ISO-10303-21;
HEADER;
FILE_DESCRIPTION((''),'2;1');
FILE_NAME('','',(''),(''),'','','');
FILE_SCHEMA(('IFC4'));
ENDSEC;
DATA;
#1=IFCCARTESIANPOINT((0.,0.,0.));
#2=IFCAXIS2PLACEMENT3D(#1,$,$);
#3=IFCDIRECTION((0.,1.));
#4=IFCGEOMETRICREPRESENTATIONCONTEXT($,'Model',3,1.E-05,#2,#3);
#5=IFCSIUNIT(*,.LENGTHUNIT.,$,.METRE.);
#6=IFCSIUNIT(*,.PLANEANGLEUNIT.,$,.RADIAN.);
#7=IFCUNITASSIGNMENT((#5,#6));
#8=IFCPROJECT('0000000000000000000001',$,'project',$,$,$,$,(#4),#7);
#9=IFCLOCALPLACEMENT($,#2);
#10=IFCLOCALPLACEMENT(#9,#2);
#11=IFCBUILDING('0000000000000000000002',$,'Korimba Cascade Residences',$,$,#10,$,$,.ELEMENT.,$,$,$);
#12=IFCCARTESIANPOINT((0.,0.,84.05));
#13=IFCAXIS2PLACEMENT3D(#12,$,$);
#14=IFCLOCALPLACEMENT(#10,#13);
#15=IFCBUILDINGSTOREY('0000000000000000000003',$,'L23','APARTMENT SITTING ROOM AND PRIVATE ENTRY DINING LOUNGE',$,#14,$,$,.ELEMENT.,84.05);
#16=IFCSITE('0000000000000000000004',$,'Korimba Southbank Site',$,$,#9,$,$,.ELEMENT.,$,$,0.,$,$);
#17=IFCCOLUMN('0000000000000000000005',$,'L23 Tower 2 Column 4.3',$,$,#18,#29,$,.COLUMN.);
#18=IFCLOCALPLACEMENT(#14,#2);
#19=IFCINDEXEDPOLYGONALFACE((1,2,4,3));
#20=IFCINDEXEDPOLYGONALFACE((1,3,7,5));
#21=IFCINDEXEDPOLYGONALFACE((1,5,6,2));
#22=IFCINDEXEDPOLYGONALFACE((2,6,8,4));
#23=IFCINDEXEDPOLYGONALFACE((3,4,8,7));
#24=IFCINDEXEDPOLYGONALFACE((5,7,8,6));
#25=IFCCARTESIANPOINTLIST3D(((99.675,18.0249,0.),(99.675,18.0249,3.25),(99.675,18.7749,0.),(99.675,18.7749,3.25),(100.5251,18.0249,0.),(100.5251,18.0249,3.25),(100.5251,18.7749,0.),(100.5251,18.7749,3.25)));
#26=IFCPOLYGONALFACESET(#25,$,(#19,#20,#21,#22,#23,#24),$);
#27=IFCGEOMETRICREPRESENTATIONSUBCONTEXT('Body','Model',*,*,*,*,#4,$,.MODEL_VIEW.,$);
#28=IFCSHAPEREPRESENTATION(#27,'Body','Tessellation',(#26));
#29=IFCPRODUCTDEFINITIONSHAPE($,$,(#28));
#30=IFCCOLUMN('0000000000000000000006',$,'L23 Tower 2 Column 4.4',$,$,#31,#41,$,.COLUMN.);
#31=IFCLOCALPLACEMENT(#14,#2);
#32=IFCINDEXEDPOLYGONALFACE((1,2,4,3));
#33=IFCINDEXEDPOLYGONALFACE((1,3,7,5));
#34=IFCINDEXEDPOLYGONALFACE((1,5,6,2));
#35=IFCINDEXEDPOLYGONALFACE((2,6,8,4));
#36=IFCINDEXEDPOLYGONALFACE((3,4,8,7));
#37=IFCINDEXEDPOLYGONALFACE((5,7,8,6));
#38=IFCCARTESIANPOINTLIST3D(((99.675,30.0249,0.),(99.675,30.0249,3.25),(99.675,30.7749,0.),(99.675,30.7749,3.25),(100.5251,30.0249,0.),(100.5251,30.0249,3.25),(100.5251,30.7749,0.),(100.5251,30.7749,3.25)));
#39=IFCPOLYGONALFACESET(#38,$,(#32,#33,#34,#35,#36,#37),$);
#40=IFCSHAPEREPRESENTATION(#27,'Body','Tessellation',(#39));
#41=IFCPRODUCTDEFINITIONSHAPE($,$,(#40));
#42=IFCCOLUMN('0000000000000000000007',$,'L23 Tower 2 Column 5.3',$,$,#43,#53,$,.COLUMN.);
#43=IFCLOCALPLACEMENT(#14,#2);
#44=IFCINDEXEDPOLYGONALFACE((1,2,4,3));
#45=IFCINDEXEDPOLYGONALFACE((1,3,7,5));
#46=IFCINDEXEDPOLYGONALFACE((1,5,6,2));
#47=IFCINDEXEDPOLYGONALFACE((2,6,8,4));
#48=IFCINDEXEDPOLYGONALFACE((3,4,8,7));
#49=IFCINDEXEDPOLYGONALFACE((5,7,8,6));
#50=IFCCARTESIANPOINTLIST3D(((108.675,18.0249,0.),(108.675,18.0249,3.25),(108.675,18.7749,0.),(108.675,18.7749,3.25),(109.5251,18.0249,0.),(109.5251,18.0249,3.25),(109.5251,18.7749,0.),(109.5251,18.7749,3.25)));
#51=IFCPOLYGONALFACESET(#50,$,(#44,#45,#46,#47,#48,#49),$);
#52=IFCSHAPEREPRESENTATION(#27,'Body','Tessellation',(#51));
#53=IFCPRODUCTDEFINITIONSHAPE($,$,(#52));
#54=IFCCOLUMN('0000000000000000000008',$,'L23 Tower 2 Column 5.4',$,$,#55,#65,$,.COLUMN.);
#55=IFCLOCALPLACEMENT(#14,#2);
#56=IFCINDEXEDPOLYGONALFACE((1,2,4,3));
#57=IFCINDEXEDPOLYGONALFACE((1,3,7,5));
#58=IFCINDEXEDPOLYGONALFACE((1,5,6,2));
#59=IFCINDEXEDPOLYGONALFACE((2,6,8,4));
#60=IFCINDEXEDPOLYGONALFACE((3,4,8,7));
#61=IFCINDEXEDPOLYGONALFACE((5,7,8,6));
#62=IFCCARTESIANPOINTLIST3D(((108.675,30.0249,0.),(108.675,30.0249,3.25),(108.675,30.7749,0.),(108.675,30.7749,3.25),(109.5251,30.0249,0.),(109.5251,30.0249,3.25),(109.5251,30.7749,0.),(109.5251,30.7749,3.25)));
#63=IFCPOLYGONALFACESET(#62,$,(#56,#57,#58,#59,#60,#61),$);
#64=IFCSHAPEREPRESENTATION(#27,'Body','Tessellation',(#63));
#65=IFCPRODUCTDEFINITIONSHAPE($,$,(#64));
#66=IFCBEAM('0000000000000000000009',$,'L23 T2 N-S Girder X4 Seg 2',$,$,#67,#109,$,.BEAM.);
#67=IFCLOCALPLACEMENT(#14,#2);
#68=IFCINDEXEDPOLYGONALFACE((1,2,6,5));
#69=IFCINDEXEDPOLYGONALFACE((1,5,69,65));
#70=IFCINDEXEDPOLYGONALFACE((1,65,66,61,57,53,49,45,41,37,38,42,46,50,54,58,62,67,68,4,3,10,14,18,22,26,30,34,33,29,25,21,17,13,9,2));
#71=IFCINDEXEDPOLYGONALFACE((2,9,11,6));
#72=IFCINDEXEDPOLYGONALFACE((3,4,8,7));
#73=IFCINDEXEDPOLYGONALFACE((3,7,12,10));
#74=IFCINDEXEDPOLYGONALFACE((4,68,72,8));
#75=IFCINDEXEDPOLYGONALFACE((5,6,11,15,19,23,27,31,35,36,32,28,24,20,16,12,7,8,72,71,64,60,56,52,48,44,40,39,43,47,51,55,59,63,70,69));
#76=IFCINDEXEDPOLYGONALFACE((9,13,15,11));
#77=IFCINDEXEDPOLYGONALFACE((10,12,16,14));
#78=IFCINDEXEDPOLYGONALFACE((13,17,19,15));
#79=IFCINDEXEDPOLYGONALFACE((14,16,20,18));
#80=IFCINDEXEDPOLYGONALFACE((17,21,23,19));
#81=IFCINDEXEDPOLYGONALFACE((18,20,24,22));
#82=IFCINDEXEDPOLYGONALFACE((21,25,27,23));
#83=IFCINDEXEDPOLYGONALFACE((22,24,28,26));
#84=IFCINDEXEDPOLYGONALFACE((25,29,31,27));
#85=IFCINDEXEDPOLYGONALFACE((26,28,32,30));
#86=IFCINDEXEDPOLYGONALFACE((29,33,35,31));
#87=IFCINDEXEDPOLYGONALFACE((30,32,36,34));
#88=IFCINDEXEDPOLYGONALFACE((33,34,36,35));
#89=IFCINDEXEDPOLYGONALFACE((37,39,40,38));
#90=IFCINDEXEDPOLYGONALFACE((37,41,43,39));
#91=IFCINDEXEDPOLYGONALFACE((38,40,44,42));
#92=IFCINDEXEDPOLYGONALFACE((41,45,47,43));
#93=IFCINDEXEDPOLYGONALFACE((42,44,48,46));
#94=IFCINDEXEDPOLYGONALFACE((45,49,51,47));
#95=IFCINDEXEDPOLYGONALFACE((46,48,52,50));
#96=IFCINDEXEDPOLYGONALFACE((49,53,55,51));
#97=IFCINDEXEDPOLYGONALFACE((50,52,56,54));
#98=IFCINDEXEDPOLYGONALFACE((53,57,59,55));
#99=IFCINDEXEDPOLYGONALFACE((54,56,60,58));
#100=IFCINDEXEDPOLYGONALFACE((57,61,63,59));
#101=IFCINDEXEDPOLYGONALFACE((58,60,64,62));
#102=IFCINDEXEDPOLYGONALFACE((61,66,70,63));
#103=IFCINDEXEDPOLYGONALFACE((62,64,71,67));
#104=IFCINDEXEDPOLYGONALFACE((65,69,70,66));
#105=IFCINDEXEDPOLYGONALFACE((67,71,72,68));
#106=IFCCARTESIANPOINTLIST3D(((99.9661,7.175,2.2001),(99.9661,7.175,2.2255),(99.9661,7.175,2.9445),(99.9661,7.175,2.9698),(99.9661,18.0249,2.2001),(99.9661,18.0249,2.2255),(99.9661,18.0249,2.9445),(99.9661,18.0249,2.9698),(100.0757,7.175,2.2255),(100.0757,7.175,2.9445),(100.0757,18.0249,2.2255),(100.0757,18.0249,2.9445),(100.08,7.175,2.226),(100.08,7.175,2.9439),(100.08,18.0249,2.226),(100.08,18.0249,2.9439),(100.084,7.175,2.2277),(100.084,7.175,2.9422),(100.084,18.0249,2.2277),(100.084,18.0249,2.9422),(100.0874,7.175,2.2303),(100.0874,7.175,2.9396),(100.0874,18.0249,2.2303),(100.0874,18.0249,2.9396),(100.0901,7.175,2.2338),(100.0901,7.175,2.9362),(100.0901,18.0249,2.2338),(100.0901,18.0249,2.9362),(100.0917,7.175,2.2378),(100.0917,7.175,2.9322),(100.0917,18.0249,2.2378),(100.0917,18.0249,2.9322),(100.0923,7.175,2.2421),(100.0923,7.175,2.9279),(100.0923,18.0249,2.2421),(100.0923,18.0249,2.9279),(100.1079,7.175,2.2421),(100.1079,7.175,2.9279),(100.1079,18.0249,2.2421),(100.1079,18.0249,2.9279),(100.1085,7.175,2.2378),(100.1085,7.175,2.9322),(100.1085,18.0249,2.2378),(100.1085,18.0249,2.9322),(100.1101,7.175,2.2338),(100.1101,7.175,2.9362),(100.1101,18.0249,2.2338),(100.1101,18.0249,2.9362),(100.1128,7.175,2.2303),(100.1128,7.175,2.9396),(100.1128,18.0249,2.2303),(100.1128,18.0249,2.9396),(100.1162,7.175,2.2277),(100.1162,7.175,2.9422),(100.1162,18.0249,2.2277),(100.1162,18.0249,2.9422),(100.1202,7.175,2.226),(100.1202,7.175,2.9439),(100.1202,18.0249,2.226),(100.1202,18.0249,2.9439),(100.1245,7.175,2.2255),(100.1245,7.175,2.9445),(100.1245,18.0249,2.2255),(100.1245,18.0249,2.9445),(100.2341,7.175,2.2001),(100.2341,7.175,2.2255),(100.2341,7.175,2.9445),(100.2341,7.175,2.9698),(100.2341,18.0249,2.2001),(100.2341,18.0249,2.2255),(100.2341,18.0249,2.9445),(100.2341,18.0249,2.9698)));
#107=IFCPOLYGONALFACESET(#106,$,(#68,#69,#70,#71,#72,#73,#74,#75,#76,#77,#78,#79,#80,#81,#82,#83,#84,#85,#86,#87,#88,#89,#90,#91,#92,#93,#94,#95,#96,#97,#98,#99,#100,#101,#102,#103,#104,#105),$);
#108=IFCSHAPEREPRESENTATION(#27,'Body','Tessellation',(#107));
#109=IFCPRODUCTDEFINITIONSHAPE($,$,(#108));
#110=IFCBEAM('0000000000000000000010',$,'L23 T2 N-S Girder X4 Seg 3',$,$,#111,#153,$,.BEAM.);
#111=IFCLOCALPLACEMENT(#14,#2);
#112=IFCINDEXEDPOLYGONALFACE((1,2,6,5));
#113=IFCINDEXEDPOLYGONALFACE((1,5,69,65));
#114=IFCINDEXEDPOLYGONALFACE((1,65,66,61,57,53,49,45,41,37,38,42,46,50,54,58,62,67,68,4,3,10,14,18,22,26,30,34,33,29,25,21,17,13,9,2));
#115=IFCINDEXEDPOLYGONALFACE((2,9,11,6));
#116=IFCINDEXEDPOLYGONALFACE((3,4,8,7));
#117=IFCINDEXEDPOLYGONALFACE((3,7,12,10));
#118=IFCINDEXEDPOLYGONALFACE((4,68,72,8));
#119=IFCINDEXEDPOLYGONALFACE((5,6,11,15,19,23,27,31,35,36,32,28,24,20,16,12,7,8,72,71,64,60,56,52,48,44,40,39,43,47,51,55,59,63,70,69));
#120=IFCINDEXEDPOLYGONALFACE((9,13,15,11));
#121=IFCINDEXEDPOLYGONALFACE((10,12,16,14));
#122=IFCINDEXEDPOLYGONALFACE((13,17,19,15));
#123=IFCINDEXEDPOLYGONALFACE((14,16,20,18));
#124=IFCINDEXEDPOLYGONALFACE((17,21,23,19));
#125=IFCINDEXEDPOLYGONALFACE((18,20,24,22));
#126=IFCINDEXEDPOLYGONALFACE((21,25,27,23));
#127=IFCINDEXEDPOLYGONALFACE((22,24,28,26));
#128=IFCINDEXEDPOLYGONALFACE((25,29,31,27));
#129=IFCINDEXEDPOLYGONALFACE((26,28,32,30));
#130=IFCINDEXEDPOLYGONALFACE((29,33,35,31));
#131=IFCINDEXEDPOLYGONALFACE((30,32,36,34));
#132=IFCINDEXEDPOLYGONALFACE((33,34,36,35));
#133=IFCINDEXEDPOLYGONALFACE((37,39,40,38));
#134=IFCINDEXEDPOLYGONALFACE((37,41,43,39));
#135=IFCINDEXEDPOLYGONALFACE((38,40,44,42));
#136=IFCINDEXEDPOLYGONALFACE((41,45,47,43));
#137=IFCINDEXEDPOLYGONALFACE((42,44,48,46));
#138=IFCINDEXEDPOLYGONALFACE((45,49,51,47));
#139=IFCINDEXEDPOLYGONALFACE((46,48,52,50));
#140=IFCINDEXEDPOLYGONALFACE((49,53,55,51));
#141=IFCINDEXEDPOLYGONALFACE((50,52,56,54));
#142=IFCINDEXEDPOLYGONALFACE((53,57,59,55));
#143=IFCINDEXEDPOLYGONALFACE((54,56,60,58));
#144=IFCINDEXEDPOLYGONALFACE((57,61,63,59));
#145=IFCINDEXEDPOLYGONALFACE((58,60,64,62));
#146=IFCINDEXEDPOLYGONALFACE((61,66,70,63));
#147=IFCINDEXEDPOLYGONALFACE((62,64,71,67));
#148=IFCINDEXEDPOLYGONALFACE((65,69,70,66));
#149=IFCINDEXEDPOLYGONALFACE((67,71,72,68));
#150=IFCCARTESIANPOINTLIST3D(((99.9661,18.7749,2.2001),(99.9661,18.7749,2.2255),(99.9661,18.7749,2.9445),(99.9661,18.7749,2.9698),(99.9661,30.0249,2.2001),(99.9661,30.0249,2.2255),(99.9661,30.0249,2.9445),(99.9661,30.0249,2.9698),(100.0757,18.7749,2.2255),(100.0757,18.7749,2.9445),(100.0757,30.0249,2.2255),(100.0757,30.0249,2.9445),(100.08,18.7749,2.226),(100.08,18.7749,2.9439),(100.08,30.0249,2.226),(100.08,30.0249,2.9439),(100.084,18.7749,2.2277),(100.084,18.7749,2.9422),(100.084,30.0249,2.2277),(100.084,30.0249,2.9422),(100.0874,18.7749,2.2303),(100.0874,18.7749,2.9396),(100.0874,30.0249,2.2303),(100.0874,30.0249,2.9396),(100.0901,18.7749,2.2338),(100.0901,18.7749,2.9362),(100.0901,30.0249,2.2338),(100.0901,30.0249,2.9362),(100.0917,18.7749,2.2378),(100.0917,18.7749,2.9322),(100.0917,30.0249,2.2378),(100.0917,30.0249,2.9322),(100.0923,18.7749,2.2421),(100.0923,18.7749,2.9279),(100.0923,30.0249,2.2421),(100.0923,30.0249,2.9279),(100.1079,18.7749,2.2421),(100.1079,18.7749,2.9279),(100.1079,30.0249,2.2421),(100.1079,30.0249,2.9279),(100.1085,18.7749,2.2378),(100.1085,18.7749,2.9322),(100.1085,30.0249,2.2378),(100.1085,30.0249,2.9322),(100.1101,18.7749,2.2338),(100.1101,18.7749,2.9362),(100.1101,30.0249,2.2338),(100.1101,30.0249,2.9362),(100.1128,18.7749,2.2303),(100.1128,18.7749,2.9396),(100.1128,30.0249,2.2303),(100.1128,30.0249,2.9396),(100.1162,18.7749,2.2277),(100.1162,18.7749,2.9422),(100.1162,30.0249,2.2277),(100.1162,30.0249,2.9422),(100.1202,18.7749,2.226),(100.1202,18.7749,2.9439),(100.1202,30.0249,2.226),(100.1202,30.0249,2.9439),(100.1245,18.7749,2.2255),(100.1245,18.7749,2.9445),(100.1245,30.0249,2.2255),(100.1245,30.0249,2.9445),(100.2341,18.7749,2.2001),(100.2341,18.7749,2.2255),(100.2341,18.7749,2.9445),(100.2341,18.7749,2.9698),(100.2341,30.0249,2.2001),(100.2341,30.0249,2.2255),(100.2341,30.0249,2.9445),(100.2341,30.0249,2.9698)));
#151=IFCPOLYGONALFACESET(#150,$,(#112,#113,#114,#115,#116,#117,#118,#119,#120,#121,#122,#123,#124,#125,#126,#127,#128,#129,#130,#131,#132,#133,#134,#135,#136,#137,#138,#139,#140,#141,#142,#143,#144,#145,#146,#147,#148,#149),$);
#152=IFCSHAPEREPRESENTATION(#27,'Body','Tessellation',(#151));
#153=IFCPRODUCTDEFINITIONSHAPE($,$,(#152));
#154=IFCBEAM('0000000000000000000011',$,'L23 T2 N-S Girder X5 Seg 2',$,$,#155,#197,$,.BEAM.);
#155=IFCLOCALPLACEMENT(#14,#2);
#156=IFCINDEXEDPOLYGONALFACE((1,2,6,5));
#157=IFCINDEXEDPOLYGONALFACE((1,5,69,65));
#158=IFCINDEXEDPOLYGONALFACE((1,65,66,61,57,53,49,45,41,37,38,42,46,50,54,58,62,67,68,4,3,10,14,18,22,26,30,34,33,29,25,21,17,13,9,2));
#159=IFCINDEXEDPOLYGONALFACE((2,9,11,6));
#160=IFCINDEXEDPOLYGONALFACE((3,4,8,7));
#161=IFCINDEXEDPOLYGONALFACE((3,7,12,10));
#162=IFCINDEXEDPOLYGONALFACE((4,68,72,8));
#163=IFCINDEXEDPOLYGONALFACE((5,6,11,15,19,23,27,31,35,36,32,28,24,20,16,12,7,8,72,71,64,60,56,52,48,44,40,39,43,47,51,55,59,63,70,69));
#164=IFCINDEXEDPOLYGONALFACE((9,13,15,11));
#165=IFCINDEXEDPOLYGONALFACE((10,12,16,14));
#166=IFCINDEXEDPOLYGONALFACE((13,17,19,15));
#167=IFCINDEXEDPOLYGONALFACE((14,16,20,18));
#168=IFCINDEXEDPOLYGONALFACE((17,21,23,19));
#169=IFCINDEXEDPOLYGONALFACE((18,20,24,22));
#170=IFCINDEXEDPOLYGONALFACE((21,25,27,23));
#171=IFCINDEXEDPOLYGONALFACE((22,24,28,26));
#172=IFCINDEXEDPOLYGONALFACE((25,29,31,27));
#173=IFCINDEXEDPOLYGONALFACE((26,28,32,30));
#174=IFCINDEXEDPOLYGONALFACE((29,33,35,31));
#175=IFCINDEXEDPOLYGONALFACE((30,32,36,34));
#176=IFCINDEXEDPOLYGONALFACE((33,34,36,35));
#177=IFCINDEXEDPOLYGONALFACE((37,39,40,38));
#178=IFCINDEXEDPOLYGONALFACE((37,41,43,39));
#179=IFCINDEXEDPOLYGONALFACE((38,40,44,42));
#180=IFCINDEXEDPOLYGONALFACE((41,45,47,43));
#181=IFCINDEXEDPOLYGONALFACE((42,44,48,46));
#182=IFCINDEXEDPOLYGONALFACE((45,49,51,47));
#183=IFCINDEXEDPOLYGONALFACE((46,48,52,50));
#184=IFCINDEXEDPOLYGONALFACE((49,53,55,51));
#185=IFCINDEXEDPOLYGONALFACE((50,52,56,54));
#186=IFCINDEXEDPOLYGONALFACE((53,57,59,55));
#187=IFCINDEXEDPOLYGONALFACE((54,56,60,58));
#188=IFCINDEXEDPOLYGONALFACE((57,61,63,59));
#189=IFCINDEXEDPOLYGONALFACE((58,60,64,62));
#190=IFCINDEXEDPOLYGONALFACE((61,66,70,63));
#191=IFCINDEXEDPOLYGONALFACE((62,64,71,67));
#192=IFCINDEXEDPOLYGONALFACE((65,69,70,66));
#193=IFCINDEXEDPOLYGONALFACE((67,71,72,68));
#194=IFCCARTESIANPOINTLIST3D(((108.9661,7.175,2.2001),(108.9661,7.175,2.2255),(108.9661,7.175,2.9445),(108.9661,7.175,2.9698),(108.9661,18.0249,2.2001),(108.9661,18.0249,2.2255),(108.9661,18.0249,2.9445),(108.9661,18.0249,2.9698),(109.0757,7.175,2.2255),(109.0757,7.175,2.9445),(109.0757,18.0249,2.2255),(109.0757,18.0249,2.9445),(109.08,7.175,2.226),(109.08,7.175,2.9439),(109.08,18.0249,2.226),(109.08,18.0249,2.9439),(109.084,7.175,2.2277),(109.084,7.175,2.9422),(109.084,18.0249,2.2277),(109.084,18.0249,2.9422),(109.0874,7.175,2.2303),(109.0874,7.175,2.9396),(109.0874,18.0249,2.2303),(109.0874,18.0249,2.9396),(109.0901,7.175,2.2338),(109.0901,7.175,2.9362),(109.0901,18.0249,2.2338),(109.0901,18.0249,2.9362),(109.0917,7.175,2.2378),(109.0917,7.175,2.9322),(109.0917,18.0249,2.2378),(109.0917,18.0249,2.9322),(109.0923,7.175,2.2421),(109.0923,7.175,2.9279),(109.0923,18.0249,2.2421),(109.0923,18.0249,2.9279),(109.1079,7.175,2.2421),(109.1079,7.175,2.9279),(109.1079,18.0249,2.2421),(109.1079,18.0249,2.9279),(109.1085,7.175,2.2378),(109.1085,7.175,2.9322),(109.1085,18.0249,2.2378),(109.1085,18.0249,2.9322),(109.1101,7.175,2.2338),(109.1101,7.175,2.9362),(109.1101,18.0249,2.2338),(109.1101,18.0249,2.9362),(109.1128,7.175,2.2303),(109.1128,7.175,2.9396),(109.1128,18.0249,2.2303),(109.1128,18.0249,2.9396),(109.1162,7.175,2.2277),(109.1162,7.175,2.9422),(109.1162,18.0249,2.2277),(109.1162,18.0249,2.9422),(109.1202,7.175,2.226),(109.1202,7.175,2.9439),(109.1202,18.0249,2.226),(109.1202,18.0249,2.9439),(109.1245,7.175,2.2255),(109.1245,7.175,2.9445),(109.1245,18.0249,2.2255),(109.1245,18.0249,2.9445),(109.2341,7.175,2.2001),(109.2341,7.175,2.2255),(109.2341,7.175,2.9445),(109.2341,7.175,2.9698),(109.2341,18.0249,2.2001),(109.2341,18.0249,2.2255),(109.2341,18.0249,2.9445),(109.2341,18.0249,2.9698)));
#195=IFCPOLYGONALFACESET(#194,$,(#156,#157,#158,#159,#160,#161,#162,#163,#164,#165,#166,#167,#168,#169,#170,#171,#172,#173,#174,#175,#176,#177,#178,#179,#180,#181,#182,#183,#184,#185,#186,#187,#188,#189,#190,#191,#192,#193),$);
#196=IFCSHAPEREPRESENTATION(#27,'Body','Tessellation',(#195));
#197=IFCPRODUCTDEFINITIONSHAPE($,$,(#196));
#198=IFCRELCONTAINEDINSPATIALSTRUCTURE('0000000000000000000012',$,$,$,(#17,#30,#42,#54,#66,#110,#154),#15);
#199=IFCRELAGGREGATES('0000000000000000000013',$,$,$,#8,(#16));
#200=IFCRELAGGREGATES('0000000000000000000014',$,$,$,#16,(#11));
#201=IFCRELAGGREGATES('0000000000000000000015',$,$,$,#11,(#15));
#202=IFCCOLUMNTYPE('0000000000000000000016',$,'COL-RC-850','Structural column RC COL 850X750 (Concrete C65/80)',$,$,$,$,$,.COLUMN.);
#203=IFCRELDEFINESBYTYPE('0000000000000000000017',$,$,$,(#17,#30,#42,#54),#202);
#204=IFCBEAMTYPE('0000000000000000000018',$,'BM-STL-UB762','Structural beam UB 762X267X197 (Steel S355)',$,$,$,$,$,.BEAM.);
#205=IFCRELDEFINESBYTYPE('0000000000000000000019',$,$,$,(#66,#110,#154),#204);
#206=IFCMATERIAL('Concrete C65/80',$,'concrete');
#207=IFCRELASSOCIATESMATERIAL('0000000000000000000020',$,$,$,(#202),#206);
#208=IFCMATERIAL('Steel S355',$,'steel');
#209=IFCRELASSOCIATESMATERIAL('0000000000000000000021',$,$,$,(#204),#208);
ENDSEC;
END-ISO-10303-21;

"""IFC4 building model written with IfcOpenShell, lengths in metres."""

from ifc_helpers import new_model, si_unit, direction, frame, origin, origin_2d, place, context, subcontext, project, spatial, rectangle, i_section, extrude, material, material_profile, profile_set, type_object, element, save


model = new_model("IFC4")

# Units and contexts
model_context = context("Model", 3, precision=1e-05, world=origin(), true_north=direction((0.0, 1.0)))
body_context = subcontext(model_context, "Body", "Model", "MODEL_VIEW")
ifc_project = project(units=[si_unit("LENGTHUNIT", "METRE"), si_unit("PLANEANGLEUNIT", "RADIAN")], contexts=[model_context])

# Site, building, storey
site_placement = place(None, origin())
site = spatial("IfcSite", under=ifc_project, at=site_placement, Name="Korimba Southbank Site", CompositionType="ELEMENT", RefElevation=0.0)
building_placement = place(site_placement, origin())
building = spatial("IfcBuilding", under=site, at=building_placement, Name="Korimba Cascade Residences", CompositionType="ELEMENT")
storey_placement = place(building_placement, frame((0.0, 0.0, 84.05)))
storey = spatial("IfcBuildingStorey", under=building, at=storey_placement, Name="L23", Description="APARTMENT SITTING ROOM AND PRIVATE ENTRY DINING LOUNGE", CompositionType="ELEMENT", Elevation=84.05)

# Columns
ifc_material_1 = material(Name="Concrete C65/80", Category="concrete")
ifc_material_profile_1 = material_profile(ifc_material_1, rectangle(XDim=0.8501, YDim=0.75, at=origin_2d()), Name="Concrete C65/80")
ifc_profile_set_1 = profile_set([ifc_material_profile_1], Name="Concrete C65/80")
column_type = type_object("IfcColumnType", Name="COL-RC-850", Description="Structural column RC COL 850X750 (Concrete C65/80)", PredefinedType="COLUMN", material=ifc_profile_set_1)
for number, where, z_axis, x_axis, name in (
    (1, (100.1001, 18.3999, 0.0), (0.0, 0.0, 1.0), (1.0, 0.0, 0.0), "L23 Tower 2 Column 4.3"),
    (2, (100.1001, 30.3999, 0.0), (0.0, 0.0, 1.0), (1.0, 0.0, 0.0), "L23 Tower 2 Column 4.4"),
    (3, (109.1001, 18.3999, 0.0), (0.0, 0.0, 1.0), (1.0, 0.0, 0.0), "L23 Tower 2 Column 5.3"),
    (4, (109.1001, 30.3999, 0.0), (0.0, 0.0, 1.0), (1.0, 0.0, 0.0), "L23 Tower 2 Column 5.4"),
):
    element("IfcColumn", number, at=place(storey_placement, frame(where, z_axis=z_axis, x_axis=x_axis)), inside=storey, type_object=column_type, Name=name, PredefinedType="COLUMN", context=body_context, shape_type="SweptSolid", body=[
        extrude(rectangle(XDim=0.8501, YDim=0.75, at=origin_2d()), origin(), (0.0, 0.0, 1.0), 3.25),
    ])

# Beams
ifc_material_2 = material(Name="Steel S355", Category="steel")
ifc_material_profile_2 = material_profile(ifc_material_2, i_section(OverallWidth=0.2681, OverallDepth=0.7698, WebThickness=0.0156, FlangeThickness=0.0254, FilletRadius=0.0166, at=origin_2d()), Name="Steel S355")
ifc_profile_set_2 = profile_set([ifc_material_profile_2], Name="Steel S355")
beam_type = type_object("IfcBeamType", Name="BM-STL-UB762", Description="Structural beam UB 762X267X197 (Steel S355)", PredefinedType="BEAM", material=ifc_profile_set_2)
beam_1_placement = place(storey_placement, frame((100.1001, 7.175, 2.585), z_axis=(0.0, 1.0, 0.0), x_axis=(-1.0, 0.0, 0.0)))
element("IfcBeam", 5, at=beam_1_placement, inside=storey, type_object=beam_type, Name="L23 T2 N-S Girder X4 Seg 2", PredefinedType="BEAM", context=body_context, shape_type="SweptSolid", body=[
    extrude(i_section(OverallWidth=0.2681, OverallDepth=0.7698, WebThickness=0.0156, FlangeThickness=0.0254, FilletRadius=0.0166, at=origin_2d()), origin(), (0.0, 0.0, 1.0), 10.8499),
])
beam_2_placement = place(storey_placement, frame((100.1001, 18.7749, 2.585), z_axis=(0.0, 1.0, 0.0), x_axis=(-1.0, 0.0, 0.0)))
element("IfcBeam", 6, at=beam_2_placement, inside=storey, type_object=beam_type, Name="L23 T2 N-S Girder X4 Seg 3", PredefinedType="BEAM", context=body_context, shape_type="SweptSolid", body=[
    extrude(i_section(OverallWidth=0.2681, OverallDepth=0.7698, WebThickness=0.0156, FlangeThickness=0.0254, FilletRadius=0.0166, at=origin_2d()), origin(), (0.0, 0.0, 1.0), 11.25),
])
beam_3_placement = place(storey_placement, frame((109.1001, 7.175, 2.585), z_axis=(0.0, 1.0, 0.0), x_axis=(-1.0, 0.0, 0.0)))
element("IfcBeam", 7, at=beam_3_placement, inside=storey, type_object=beam_type, Name="L23 T2 N-S Girder X5 Seg 2", PredefinedType="BEAM", context=body_context, shape_type="SweptSolid", body=[
    extrude(i_section(OverallWidth=0.2681, OverallDepth=0.7698, WebThickness=0.0156, FlangeThickness=0.0254, FilletRadius=0.0166, at=origin_2d()), origin(), (0.0, 0.0, 1.0), 10.8499),
])

save(model, "model.ifc")
